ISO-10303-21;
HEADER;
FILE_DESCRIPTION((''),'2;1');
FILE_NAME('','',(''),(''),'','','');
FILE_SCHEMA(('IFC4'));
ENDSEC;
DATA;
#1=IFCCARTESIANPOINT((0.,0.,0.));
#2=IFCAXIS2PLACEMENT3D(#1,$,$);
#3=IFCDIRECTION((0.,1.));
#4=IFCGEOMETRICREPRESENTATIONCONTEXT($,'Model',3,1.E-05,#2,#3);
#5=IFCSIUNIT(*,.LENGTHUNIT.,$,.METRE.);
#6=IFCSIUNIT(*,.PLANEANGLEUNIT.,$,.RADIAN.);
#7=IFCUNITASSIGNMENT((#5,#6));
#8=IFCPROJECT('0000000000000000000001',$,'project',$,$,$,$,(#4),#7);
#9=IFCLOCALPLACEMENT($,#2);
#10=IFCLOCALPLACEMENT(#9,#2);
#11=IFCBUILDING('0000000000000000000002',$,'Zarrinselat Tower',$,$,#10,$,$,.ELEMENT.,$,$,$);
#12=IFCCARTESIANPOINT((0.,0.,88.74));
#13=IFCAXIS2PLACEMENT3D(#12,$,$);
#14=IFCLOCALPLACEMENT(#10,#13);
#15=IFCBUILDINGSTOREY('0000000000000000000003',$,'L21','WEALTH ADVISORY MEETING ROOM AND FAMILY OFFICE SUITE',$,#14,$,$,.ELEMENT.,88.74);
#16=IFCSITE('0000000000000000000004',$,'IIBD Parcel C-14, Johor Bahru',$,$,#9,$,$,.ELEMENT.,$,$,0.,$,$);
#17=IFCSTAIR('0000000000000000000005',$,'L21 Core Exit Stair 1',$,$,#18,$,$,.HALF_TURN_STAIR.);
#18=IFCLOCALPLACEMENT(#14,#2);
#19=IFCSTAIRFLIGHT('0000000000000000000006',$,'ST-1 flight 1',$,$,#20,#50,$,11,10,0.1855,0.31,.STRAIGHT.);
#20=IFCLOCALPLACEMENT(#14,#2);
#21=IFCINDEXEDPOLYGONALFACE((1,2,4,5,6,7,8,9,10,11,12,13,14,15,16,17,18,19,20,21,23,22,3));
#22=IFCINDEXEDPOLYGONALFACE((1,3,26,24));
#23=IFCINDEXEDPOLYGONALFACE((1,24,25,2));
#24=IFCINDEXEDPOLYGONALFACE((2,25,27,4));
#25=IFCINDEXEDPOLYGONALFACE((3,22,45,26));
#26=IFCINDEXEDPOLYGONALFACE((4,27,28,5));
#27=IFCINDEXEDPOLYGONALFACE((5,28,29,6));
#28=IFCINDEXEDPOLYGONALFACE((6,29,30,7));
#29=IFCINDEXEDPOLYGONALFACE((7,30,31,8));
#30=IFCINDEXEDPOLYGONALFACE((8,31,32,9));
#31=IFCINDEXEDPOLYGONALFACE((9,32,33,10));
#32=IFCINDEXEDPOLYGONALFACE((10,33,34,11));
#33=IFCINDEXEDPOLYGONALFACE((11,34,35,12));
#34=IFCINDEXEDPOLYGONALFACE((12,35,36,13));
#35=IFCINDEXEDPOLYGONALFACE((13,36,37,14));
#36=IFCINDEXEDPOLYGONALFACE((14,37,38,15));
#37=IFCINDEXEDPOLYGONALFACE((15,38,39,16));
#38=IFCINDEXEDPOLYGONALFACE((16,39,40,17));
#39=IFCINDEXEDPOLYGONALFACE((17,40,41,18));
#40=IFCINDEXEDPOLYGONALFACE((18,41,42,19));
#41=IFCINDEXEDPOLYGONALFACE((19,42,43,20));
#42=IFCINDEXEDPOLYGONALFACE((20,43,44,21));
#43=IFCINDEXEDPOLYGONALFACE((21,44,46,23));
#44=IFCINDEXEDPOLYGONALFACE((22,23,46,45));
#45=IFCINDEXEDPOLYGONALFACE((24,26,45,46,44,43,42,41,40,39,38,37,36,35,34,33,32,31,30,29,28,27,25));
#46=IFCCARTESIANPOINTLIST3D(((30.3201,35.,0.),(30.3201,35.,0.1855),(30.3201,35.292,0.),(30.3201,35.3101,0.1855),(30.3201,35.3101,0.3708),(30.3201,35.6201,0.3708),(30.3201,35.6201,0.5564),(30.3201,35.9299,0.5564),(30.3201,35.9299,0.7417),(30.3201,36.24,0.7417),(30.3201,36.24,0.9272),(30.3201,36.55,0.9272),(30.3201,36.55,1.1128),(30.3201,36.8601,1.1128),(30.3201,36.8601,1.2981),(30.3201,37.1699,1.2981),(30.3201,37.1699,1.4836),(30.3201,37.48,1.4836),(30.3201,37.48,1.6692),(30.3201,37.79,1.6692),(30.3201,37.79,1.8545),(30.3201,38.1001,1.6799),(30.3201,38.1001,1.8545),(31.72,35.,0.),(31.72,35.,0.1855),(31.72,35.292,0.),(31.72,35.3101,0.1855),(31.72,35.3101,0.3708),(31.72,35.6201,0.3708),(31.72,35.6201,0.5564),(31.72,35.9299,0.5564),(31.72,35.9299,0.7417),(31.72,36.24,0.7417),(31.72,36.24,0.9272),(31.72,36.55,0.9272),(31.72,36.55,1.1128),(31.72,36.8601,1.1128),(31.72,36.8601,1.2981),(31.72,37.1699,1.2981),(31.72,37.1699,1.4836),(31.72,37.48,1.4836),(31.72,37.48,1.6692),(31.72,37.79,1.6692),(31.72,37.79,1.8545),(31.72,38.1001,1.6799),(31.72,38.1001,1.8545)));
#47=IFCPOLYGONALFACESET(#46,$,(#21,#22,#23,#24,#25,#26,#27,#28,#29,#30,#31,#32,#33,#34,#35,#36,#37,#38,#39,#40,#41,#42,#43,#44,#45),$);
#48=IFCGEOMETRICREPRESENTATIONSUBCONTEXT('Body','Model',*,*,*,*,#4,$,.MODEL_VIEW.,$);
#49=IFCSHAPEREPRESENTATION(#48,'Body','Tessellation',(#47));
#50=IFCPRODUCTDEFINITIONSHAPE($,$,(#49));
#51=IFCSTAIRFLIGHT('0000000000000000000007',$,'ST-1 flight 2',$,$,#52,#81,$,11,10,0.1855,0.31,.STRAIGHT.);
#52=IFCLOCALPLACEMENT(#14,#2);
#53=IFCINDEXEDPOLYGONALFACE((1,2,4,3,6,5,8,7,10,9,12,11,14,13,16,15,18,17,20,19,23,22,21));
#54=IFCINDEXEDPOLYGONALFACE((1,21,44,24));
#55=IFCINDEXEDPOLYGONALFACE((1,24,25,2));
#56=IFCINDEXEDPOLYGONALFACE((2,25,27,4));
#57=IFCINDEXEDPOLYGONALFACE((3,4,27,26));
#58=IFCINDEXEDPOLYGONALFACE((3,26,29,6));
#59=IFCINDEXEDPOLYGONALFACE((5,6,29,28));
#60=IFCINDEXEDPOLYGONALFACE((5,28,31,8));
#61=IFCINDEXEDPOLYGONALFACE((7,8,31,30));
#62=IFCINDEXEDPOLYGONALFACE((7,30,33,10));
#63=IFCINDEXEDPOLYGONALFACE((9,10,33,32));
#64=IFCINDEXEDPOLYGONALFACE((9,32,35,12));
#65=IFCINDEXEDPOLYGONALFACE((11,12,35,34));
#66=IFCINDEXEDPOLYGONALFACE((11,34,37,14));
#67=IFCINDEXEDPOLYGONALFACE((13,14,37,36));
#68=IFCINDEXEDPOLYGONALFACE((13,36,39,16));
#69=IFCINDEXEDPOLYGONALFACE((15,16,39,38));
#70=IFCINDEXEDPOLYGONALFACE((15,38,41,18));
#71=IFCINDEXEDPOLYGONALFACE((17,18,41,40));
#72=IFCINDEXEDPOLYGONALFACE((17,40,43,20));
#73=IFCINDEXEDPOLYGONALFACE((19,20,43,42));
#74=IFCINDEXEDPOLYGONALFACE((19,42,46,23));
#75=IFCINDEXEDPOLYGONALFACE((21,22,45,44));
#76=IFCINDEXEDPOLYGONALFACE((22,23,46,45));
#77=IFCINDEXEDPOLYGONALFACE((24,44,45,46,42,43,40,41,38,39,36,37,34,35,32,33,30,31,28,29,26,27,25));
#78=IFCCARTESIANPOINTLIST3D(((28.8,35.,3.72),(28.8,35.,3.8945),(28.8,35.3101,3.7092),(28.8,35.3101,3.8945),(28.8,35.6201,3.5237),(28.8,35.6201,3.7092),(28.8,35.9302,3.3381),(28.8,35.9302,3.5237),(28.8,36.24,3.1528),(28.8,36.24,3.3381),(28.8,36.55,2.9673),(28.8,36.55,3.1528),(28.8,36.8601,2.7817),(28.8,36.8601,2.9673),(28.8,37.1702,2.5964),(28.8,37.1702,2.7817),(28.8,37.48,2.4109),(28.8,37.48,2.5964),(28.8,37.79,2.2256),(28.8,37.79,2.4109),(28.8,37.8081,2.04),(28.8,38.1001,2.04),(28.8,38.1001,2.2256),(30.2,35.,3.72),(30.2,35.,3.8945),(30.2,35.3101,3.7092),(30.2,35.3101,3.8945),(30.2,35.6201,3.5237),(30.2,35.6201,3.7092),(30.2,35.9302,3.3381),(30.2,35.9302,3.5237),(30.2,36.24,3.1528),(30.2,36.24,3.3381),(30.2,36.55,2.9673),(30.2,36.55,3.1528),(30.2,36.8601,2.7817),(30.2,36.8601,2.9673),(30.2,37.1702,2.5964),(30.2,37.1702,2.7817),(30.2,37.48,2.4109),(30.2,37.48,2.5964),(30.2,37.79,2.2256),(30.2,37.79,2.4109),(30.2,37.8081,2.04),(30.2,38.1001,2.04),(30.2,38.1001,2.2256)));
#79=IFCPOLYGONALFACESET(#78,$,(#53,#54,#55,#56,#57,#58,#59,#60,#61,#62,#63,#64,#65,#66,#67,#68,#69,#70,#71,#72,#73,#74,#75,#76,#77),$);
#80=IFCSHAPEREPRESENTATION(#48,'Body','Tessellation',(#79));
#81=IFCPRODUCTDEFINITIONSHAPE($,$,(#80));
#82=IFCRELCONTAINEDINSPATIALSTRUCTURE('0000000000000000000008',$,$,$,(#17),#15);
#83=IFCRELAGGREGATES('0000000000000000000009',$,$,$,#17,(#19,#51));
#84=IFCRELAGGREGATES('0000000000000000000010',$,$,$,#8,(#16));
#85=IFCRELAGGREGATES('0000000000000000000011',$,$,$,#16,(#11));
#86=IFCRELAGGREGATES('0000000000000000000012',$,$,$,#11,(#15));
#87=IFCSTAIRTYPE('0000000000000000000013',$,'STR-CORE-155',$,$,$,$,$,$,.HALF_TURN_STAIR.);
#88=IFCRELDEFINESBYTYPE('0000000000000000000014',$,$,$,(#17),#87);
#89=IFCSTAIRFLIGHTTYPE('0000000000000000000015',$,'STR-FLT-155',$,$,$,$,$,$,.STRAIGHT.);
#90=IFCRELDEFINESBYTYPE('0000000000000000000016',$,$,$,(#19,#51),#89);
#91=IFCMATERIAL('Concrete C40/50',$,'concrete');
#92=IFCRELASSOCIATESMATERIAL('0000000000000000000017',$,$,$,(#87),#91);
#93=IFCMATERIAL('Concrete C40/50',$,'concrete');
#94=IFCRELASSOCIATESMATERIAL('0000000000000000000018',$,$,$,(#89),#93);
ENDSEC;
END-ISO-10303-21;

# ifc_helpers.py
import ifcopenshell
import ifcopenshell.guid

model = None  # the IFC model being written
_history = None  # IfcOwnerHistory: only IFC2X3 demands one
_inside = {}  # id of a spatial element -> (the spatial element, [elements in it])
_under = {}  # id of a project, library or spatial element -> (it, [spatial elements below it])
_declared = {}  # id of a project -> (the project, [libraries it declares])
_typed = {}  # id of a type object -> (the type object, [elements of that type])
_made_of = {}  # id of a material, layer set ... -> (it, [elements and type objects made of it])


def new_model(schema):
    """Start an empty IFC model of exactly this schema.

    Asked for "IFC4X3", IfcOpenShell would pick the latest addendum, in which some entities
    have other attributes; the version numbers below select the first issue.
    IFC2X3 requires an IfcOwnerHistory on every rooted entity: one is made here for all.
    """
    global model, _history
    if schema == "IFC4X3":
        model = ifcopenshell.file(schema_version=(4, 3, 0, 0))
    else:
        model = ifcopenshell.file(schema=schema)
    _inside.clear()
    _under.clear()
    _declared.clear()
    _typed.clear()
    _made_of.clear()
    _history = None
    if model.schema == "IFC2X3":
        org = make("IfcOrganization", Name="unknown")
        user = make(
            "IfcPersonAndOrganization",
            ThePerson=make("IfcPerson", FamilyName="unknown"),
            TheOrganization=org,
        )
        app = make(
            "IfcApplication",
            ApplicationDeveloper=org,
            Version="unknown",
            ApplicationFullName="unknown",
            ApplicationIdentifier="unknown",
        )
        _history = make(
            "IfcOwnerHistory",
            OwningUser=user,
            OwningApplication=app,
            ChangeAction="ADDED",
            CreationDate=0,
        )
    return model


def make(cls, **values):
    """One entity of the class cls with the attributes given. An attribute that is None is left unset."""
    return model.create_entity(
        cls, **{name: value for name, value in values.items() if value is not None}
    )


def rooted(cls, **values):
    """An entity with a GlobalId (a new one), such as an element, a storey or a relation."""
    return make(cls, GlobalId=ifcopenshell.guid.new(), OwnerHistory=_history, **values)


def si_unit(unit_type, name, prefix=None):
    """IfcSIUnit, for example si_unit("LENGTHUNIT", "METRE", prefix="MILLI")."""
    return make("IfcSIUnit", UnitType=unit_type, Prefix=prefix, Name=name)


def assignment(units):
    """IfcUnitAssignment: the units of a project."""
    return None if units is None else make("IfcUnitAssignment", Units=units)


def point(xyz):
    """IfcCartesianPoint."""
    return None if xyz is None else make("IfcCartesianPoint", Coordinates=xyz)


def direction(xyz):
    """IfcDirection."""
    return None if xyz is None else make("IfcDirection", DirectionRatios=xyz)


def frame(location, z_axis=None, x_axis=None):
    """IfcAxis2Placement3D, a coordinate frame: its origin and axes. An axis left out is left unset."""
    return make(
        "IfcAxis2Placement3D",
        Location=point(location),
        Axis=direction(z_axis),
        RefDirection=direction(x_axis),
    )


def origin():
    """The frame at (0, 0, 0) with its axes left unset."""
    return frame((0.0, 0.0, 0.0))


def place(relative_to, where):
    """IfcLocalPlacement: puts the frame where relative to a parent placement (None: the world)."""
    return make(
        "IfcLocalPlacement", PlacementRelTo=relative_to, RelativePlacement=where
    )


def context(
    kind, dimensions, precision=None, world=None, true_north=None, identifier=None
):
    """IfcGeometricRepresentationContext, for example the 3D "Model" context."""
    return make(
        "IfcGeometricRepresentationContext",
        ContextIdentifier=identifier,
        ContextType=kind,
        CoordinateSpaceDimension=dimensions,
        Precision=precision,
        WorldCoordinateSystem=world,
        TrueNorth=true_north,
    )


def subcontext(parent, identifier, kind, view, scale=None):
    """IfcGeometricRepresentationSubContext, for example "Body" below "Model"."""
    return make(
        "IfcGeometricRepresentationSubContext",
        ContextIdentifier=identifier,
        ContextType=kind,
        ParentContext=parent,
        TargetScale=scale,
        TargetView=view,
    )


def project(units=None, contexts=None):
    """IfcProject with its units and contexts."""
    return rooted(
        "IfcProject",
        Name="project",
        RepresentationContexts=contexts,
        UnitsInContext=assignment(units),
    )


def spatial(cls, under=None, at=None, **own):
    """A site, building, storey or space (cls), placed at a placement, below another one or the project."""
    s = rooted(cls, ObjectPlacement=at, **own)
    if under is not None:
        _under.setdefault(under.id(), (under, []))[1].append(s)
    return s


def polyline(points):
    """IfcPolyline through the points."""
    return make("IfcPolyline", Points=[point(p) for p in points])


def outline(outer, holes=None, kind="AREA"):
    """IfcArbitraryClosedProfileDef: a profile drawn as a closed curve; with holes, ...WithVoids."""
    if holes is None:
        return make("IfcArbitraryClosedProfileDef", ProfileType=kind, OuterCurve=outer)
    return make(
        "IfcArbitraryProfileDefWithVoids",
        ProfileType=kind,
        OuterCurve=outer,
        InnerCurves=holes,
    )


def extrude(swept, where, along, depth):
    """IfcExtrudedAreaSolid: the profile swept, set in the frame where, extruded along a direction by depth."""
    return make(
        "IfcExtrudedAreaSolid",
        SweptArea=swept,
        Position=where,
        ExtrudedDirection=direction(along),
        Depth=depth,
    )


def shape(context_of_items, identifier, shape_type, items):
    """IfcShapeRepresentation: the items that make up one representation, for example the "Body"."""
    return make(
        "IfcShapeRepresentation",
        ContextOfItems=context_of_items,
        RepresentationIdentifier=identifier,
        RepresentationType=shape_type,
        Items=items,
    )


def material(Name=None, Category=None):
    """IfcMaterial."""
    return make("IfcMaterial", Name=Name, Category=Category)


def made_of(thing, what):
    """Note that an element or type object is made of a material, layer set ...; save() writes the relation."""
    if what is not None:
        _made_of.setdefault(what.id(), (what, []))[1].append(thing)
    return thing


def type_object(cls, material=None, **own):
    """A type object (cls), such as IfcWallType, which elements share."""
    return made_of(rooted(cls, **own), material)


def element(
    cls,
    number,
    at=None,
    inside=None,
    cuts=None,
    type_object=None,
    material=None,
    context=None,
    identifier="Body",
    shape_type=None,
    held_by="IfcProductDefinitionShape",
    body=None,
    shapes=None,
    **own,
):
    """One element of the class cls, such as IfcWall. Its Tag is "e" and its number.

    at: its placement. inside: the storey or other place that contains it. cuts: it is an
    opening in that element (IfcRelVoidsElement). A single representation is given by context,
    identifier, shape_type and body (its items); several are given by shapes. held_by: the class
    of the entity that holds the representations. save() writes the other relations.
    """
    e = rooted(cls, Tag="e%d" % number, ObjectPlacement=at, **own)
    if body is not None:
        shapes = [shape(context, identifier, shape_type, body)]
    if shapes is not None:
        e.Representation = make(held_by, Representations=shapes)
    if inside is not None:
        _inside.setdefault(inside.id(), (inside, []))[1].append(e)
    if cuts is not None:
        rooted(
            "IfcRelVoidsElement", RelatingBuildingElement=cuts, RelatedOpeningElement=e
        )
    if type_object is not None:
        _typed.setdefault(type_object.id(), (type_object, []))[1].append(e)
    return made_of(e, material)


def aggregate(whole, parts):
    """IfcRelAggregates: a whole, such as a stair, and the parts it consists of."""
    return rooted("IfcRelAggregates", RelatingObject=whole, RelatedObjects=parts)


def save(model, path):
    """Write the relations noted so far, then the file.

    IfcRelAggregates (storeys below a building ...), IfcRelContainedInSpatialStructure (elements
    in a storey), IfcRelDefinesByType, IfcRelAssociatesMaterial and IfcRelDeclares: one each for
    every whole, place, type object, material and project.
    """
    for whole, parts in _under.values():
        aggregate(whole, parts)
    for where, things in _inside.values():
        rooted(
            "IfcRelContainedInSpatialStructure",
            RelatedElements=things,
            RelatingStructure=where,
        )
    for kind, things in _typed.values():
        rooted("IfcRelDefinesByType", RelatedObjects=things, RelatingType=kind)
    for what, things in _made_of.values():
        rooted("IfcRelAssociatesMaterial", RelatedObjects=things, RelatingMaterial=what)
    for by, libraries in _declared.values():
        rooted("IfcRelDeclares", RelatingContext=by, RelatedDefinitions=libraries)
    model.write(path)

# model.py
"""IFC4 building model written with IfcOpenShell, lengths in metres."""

from ifc_helpers import new_model, si_unit, direction, frame, origin, place, context, subcontext, project, spatial, polyline, outline, extrude, material, type_object, element, aggregate, save


model = new_model("IFC4")

# Units and contexts
model_context = context("Model", 3, precision=1e-05, world=origin(), true_north=direction((0.0, 1.0)))
body_context = subcontext(model_context, "Body", "Model", "MODEL_VIEW")
ifc_project = project(units=[si_unit("LENGTHUNIT", "METRE"), si_unit("PLANEANGLEUNIT", "RADIAN")], contexts=[model_context])

# Site, building, storey
site_placement = place(None, origin())
site = spatial("IfcSite", under=ifc_project, at=site_placement, Name="IIBD Parcel C-14, Johor Bahru", CompositionType="ELEMENT", RefElevation=0.0)
building_placement = place(site_placement, origin())
building = spatial("IfcBuilding", under=site, at=building_placement, Name="Zarrinselat Tower", CompositionType="ELEMENT")
storey_placement = place(building_placement, frame((0.0, 0.0, 88.74)))
storey = spatial("IfcBuildingStorey", under=building, at=storey_placement, Name="L21", Description="WEALTH ADVISORY MEETING ROOM AND FAMILY OFFICE SUITE", CompositionType="ELEMENT", Elevation=88.74)

# Stair, stair flights
ifc_material_1 = material(Name="Concrete C40/50", Category="concrete")
stair_type = type_object("IfcStairType", Name="STR-CORE-155", PredefinedType="HALF_TURN_STAIR", material=ifc_material_1)
stair_placement = place(storey_placement, origin())
stair = element("IfcStair", 1, at=stair_placement, inside=storey, type_object=stair_type, Name="L21 Core Exit Stair 1", PredefinedType="HALF_TURN_STAIR")
ifc_material_2 = material(Name="Concrete C40/50", Category="concrete")
stair_flight_type = type_object("IfcStairFlightType", Name="STR-FLT-155", PredefinedType="STRAIGHT", material=ifc_material_2)
stair_flight_1_placement = place(storey_placement, frame((31.02, 35.0, 0.0), z_axis=(0.0, 0.0, 1.0), x_axis=(0.0, 1.0, 0.0)))
stair_flight_1 = element("IfcStairFlight", 2, at=stair_flight_1_placement, type_object=stair_flight_type, Name="ST-1 flight 1", NumberOfRisers=11, NumberOfTreads=10, PredefinedType="STRAIGHT", RiserHeight=0.1855, TreadLength=0.31, context=body_context, shape_type="SweptSolid", body=[
    extrude(outline(polyline([(0.0, 0.0), (0.0, 0.1855), (0.3101, 0.1855), (0.3101, 0.3708), (0.6201, 0.3708), (0.6201, 0.5564), (0.9299, 0.5564), (0.9299, 0.7417), (1.24, 0.7417), (1.24, 0.9272), (1.55, 0.9272), (1.55, 1.1128), (1.8601, 1.1128), (1.8601, 1.2981), (2.1699, 1.2981), (2.1699, 1.4836), (2.48, 1.4836), (2.48, 1.6692), (2.79, 1.6692), (2.79, 1.8545), (3.1001, 1.8545), (3.1001, 2.04), (3.1001, 1.6799), (0.292, 0.0), (0.0, 0.0)])), frame((0.0, 0.7, 0.0), z_axis=(0.0, -1.0, 0.0), x_axis=(1.0, 0.0, 0.0)), (0.0, 0.0, 1.0), 1.3999),
])
stair_flight_2_placement = place(storey_placement, frame((29.5, 38.1001, 2.04), z_axis=(0.0, 0.0, 1.0), x_axis=(0.0, -1.0, 0.0)))
stair_flight_2 = element("IfcStairFlight", 3, at=stair_flight_2_placement, type_object=stair_flight_type, Name="ST-1 flight 2", NumberOfRisers=11, NumberOfTreads=10, PredefinedType="STRAIGHT", RiserHeight=0.1855, TreadLength=0.31, context=body_context, shape_type="SweptSolid", body=[
    extrude(outline(polyline([(0.0, 0.0), (0.0, 0.1855), (0.3101, 0.1855), (0.3101, 0.3708), (0.6201, 0.3708), (0.6201, 0.5564), (0.9299, 0.5564), (0.9299, 0.7417), (1.24, 0.7417), (1.24, 0.9272), (1.55, 0.9272), (1.55, 1.1128), (1.8601, 1.1128), (1.8601, 1.2981), (2.1699, 1.2981), (2.1699, 1.4836), (2.48, 1.4836), (2.48, 1.6692), (2.79, 1.6692), (2.79, 1.8545), (3.1001, 1.8545), (3.1001, 2.04), (3.1001, 1.6799), (0.292, 0.0), (0.0, 0.0)])), frame((0.0, 0.7, 0.0), z_axis=(0.0, -1.0, 0.0), x_axis=(1.0, 0.0, 0.0)), (0.0, 0.0, 1.0), 1.3999),
])
aggregate(stair, [stair_flight_1, stair_flight_2])

save(model, "model.ifc")
